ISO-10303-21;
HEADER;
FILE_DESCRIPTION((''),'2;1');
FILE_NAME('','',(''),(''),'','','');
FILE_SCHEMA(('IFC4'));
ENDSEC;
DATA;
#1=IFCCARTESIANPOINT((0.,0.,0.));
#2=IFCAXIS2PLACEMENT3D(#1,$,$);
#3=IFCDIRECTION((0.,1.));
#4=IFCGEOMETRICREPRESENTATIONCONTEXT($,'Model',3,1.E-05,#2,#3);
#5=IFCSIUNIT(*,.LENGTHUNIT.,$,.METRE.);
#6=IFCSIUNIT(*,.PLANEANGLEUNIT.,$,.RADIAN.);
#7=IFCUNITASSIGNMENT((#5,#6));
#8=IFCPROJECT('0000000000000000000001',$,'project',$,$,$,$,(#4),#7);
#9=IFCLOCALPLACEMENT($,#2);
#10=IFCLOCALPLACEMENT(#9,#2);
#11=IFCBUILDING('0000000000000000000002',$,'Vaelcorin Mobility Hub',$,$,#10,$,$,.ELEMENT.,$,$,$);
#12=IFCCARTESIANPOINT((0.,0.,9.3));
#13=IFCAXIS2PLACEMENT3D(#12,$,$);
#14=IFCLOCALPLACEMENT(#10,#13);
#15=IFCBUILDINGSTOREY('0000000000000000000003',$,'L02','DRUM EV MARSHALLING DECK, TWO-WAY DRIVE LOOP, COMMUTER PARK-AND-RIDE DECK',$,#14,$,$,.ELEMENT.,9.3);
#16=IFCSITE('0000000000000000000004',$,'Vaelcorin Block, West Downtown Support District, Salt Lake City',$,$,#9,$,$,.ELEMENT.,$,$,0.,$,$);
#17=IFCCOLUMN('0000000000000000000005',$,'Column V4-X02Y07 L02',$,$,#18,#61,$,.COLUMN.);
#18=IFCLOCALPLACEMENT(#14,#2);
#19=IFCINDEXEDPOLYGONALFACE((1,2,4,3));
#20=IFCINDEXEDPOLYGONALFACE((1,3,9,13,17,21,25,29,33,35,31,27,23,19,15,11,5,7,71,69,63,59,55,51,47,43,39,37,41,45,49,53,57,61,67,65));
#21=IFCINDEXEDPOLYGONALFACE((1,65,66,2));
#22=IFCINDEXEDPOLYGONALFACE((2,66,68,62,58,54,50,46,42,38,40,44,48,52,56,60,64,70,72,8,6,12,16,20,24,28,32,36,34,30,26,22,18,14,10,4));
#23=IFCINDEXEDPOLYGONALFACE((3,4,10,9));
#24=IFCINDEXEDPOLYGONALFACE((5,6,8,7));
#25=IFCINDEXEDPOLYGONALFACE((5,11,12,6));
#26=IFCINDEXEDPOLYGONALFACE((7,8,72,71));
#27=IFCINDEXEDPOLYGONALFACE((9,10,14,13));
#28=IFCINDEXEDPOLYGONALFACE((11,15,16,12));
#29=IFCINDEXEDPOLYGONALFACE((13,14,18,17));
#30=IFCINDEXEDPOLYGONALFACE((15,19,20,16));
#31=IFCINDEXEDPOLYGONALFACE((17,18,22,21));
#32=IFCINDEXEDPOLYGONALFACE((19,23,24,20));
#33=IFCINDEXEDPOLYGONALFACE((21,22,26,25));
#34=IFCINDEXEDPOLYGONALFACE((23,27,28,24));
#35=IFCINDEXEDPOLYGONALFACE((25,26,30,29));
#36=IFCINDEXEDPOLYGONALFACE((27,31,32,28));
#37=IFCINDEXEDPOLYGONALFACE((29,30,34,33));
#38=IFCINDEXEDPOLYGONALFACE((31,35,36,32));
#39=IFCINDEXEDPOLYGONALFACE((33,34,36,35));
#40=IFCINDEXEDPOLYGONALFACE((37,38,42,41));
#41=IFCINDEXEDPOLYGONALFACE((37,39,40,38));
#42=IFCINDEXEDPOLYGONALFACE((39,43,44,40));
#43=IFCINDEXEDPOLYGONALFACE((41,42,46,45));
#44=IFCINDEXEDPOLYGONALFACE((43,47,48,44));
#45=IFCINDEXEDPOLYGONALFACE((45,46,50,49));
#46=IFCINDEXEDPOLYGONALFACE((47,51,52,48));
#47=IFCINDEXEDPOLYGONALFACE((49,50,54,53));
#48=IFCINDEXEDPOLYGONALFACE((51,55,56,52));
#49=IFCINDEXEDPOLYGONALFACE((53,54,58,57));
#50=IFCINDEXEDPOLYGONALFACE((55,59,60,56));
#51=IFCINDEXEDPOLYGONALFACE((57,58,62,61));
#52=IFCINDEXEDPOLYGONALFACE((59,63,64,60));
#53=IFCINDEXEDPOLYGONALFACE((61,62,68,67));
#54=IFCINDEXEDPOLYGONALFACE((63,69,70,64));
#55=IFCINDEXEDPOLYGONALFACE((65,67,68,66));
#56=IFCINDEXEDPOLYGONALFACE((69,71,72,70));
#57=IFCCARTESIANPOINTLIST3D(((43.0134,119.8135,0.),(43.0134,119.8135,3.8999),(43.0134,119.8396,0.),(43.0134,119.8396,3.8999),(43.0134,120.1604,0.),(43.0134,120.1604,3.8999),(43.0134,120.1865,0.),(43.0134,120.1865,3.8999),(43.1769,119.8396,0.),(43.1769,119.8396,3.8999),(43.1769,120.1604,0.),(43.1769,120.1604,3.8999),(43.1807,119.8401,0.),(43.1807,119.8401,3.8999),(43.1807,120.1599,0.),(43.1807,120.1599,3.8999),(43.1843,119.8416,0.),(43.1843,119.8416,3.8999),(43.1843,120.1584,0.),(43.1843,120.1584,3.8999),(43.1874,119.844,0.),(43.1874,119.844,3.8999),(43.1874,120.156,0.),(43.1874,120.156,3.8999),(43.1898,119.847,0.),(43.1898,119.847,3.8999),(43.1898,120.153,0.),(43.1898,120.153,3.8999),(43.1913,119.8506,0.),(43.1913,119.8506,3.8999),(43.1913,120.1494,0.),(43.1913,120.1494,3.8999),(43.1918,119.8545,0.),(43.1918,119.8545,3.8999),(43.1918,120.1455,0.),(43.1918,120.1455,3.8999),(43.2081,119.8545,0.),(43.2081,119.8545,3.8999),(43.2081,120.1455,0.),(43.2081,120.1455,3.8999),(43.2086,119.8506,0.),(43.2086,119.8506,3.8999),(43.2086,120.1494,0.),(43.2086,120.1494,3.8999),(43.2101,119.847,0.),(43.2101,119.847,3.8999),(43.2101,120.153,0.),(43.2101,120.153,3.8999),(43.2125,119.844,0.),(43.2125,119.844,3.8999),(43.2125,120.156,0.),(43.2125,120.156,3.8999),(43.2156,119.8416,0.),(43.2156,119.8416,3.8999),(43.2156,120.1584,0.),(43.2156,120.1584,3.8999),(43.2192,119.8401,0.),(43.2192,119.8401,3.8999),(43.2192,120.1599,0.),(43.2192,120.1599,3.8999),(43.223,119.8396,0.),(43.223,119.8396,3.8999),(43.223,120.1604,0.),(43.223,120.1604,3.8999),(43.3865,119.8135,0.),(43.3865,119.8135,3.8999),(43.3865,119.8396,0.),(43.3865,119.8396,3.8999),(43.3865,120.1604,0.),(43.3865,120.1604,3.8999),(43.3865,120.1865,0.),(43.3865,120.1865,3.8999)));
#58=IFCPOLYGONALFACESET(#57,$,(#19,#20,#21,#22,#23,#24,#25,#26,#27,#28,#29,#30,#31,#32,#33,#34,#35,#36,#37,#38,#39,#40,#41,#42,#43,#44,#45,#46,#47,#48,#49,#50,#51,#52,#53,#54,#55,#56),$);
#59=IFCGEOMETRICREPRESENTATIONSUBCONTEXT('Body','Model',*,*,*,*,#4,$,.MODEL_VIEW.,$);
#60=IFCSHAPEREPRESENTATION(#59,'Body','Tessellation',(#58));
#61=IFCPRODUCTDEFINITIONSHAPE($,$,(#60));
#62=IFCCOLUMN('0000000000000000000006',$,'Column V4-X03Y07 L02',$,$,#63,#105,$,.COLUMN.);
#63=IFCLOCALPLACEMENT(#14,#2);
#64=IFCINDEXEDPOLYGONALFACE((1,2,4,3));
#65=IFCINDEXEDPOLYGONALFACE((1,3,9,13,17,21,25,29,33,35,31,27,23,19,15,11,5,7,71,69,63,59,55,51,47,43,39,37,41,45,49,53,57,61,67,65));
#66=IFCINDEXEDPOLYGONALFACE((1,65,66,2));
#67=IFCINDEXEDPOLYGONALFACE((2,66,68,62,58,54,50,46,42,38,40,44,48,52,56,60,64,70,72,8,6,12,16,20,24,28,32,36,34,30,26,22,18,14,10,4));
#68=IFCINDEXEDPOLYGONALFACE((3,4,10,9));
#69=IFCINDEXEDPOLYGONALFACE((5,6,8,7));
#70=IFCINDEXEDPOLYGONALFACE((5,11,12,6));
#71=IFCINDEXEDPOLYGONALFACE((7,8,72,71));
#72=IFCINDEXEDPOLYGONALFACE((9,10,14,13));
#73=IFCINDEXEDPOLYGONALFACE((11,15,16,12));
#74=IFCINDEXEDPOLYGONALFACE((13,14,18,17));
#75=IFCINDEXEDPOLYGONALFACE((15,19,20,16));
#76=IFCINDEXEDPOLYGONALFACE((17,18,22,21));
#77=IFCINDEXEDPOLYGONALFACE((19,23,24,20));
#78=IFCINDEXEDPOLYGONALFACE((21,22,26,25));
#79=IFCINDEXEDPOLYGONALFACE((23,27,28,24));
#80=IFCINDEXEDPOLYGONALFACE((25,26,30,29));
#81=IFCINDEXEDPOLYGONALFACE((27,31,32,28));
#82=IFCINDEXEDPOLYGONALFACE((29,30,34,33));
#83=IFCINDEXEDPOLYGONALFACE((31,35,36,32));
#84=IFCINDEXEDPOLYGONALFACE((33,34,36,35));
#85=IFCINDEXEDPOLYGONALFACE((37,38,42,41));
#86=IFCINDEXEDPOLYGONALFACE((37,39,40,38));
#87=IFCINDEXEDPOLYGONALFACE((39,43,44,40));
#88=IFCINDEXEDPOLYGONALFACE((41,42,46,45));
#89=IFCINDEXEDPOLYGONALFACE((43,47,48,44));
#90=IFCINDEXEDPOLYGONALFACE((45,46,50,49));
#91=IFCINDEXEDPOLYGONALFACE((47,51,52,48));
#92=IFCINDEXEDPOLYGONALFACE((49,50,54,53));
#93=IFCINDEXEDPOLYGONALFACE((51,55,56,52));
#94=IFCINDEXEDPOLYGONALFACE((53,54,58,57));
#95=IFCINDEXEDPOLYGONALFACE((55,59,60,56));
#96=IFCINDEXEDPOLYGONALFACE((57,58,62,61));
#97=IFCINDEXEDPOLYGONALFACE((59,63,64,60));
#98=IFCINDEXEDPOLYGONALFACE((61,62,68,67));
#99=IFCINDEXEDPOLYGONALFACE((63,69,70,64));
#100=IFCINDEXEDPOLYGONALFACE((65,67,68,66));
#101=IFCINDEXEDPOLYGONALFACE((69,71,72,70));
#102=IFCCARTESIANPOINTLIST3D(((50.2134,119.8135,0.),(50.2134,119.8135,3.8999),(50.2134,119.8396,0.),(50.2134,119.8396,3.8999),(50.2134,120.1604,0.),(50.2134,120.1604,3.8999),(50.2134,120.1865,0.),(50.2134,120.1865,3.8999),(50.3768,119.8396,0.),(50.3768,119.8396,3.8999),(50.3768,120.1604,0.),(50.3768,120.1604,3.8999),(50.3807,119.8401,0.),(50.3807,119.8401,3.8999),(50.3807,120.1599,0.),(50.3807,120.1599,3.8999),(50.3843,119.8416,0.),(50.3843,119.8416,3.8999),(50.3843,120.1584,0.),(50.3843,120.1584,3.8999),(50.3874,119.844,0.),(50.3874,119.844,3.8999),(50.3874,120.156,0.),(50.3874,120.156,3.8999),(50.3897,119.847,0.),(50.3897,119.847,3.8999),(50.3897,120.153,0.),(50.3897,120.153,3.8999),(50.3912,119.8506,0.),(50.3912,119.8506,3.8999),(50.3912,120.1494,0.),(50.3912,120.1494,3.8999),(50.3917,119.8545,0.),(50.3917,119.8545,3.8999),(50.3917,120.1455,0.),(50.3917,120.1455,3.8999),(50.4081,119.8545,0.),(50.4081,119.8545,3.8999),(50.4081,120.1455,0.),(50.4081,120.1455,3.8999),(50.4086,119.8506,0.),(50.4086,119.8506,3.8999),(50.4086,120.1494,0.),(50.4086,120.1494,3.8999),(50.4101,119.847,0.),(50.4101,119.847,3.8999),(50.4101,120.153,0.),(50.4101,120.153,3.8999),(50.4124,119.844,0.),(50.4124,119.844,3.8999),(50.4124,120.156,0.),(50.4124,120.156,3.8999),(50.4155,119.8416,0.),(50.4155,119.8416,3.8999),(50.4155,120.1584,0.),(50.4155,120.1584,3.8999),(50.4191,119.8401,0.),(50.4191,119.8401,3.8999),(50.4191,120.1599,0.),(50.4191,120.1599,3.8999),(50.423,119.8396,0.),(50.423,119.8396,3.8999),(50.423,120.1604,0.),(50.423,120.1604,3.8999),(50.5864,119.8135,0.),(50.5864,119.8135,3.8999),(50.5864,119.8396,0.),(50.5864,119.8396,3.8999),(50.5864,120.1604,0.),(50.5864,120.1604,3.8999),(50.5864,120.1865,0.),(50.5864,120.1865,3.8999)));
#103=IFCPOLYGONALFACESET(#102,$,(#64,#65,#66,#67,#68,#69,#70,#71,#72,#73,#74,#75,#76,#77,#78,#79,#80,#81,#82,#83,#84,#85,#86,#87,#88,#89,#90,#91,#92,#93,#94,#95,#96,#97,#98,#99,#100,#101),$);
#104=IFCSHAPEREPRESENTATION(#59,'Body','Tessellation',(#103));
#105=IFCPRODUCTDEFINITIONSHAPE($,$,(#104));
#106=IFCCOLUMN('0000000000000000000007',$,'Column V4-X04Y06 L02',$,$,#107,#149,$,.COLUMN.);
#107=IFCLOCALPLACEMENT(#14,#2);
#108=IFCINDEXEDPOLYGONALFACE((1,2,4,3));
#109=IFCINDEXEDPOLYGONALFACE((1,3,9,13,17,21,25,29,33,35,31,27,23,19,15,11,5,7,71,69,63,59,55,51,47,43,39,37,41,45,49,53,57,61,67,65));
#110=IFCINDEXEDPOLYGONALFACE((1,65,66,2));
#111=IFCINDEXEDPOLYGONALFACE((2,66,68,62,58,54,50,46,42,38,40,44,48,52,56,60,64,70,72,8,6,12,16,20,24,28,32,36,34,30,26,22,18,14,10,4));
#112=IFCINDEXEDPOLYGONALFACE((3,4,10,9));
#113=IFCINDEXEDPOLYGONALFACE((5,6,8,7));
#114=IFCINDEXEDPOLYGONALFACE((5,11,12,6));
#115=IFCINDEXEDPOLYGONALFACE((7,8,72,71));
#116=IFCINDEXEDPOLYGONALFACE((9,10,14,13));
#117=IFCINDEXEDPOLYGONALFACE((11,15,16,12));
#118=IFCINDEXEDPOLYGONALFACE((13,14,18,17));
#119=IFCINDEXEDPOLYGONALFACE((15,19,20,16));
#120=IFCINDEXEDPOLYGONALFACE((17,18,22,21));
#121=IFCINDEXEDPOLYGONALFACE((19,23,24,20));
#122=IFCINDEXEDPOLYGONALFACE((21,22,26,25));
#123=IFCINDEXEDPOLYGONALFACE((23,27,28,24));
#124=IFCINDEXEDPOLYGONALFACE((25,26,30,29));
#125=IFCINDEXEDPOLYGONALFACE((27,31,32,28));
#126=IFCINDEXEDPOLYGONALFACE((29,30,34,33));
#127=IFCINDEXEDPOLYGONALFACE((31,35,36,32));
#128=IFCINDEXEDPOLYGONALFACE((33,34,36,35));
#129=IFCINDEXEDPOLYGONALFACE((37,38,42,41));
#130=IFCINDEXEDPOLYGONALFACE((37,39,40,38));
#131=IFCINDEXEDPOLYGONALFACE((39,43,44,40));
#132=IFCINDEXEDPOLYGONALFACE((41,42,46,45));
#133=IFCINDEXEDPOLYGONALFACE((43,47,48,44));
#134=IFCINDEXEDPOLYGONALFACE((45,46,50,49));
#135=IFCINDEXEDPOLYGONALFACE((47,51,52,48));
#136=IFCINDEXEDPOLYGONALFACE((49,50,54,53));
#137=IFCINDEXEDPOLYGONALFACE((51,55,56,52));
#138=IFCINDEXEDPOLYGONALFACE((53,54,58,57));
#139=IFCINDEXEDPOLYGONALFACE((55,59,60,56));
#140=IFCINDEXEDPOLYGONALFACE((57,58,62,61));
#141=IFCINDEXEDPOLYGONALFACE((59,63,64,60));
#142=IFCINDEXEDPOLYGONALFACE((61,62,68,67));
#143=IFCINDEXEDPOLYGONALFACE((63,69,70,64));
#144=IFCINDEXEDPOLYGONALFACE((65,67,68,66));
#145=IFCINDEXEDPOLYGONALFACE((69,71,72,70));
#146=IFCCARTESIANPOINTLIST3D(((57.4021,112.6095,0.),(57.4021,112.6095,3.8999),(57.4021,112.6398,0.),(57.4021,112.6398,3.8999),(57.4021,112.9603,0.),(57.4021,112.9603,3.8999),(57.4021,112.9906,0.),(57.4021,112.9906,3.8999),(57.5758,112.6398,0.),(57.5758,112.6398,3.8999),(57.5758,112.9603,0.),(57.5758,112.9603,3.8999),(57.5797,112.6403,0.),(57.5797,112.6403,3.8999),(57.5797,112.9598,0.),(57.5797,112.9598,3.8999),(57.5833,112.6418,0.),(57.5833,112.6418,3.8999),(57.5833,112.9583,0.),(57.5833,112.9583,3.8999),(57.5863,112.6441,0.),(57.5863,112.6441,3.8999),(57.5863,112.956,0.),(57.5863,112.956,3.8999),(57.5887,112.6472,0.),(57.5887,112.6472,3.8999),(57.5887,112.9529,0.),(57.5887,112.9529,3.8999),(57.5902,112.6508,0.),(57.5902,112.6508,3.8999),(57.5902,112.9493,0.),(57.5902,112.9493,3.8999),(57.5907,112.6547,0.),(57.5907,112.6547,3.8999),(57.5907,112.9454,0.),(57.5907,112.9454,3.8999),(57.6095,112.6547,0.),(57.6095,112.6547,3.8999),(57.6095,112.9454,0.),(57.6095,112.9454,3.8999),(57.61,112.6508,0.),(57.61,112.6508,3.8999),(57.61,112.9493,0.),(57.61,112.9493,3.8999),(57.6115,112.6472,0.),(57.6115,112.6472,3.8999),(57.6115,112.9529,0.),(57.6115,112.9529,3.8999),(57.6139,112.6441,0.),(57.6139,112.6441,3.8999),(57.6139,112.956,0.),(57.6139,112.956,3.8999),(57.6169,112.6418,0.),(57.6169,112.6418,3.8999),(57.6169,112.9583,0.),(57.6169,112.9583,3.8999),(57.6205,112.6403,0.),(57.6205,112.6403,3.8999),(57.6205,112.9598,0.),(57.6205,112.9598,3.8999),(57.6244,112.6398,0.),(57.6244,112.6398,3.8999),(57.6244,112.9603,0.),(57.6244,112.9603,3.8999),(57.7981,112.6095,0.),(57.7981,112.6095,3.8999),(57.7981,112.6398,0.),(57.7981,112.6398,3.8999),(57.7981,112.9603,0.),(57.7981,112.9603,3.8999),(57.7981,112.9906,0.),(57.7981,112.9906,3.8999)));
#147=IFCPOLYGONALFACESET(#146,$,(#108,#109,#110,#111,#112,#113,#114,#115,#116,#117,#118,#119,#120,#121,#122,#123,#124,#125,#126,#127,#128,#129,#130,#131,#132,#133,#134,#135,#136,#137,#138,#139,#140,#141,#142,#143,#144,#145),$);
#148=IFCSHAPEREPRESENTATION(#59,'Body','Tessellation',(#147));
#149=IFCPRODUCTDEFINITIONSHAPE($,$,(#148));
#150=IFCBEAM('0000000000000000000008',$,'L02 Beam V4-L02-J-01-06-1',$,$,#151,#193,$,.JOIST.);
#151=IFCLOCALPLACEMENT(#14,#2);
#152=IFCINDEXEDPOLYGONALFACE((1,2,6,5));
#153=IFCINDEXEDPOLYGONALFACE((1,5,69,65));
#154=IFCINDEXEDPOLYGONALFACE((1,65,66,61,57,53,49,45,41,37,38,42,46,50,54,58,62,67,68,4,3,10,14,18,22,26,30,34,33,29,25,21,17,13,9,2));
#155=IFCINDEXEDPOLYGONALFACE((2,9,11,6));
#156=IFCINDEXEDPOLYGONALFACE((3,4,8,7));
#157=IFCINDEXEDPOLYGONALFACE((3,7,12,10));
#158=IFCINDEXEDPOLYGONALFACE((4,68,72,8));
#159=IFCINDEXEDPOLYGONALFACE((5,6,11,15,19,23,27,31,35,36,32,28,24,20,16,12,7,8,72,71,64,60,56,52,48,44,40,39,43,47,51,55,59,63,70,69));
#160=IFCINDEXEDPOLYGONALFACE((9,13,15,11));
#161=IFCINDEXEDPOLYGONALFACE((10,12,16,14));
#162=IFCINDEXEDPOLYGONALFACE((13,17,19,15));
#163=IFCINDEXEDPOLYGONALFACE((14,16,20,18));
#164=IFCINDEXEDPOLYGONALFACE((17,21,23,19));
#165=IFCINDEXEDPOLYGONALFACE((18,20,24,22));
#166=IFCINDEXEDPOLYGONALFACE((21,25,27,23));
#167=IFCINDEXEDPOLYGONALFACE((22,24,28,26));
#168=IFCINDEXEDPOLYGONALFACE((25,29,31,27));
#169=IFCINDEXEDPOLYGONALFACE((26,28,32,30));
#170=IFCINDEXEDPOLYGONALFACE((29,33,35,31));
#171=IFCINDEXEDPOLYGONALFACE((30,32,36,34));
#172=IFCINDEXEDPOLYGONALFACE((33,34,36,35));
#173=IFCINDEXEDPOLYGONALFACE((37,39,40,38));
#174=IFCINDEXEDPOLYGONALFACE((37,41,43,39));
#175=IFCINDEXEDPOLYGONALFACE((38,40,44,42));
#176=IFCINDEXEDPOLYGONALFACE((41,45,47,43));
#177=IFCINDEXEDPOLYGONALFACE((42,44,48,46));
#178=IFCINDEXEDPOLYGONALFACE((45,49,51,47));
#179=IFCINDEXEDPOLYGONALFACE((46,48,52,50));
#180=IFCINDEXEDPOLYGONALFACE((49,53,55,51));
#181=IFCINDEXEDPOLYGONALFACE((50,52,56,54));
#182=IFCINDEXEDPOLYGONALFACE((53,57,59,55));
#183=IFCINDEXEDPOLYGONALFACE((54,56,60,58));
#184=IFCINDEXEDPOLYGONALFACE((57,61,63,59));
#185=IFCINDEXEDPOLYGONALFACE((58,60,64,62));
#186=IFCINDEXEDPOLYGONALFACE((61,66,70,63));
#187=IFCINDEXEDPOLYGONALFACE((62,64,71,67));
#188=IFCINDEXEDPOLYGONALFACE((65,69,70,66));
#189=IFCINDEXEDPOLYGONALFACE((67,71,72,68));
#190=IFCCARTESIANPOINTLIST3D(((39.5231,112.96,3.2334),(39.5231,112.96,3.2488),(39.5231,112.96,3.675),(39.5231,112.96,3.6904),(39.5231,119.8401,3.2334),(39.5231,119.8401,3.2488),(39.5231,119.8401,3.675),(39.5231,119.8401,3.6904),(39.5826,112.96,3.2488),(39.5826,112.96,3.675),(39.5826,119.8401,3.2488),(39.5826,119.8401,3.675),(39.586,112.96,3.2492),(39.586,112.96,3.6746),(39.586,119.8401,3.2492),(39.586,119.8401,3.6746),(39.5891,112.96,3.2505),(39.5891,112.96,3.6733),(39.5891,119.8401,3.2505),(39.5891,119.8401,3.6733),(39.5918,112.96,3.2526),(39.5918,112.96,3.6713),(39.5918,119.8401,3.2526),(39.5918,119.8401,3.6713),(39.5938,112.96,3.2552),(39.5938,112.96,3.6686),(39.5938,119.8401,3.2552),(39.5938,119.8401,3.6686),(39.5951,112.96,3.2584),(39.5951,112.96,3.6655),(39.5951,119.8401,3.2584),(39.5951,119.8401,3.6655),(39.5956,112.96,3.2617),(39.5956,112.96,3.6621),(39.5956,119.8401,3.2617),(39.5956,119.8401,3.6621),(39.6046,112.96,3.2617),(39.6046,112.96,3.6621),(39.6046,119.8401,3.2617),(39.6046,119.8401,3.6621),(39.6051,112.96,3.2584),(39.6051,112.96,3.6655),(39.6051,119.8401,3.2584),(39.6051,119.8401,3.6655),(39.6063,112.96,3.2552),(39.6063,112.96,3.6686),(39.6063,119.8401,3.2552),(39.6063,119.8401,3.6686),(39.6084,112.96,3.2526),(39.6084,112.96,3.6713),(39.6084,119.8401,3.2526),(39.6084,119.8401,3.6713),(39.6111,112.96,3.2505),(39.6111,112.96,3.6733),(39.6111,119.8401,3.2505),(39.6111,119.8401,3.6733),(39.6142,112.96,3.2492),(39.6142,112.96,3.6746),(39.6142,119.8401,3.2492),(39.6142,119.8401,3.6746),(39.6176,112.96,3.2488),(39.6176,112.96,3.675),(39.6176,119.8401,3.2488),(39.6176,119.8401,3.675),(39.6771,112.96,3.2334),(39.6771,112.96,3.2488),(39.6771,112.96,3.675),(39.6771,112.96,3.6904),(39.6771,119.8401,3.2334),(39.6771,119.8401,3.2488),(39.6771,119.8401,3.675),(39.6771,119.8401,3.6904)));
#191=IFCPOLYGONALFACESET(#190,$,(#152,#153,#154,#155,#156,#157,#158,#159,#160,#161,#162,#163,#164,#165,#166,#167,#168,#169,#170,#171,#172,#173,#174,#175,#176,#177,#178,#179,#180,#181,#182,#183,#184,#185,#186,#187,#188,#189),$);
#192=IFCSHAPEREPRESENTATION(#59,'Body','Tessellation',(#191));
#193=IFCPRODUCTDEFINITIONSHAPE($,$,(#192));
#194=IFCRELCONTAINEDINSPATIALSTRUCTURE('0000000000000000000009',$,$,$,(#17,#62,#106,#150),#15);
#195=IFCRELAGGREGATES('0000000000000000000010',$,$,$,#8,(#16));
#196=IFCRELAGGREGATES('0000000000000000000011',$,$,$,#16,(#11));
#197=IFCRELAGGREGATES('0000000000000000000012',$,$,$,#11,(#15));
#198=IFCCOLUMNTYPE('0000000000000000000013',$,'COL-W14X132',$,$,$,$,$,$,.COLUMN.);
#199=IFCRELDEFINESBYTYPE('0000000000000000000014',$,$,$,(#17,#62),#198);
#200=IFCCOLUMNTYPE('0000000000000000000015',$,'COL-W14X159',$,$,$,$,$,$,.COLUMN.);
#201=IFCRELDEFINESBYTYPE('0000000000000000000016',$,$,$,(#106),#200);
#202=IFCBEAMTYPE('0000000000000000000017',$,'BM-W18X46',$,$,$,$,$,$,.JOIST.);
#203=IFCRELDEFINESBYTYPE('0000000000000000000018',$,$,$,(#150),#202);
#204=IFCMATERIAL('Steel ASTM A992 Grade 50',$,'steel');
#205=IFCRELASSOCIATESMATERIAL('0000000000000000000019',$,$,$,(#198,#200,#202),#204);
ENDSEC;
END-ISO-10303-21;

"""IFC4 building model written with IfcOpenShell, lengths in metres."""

from ifc_helpers import new_model, si_unit, direction, frame, origin, origin_2d, place, context, subcontext, project, spatial, i_section, extrude, material, material_profile, profile_set, type_object, element, save


model = new_model("IFC4")

# Units and contexts
model_context = context("Model", 3, precision=1e-05, world=origin(), true_north=direction((0.0, 1.0)))
body_context = subcontext(model_context, "Body", "Model", "MODEL_VIEW")
ifc_project = project(units=[si_unit("LENGTHUNIT", "METRE"), si_unit("PLANEANGLEUNIT", "RADIAN")], contexts=[model_context])

# Site, building, storey
site_placement = place(None, origin())
site = spatial("IfcSite", under=ifc_project, at=site_placement, Name="Vaelcorin Block, West Downtown Support District, Salt Lake City", CompositionType="ELEMENT", RefElevation=0.0)
building_placement = place(site_placement, origin())
building = spatial("IfcBuilding", under=site, at=building_placement, Name="Vaelcorin Mobility Hub", CompositionType="ELEMENT")
storey_placement = place(building_placement, frame((0.0, 0.0, 9.3)))
storey = spatial("IfcBuildingStorey", under=building, at=storey_placement, Name="L02", Description="DRUM EV MARSHALLING DECK, TWO-WAY DRIVE LOOP, COMMUTER PARK-AND-RIDE DECK", CompositionType="ELEMENT", Elevation=9.3)

# Columns
ifc_material_1 = material(Name="Steel ASTM A992 Grade 50", Category="steel")
ifc_material_profile_1 = material_profile(ifc_material_1, i_section(OverallWidth=0.373, OverallDepth=0.373, WebThickness=0.0164, FlangeThickness=0.0261, FilletRadius=0.0149, at=origin_2d()), Name="W14X132")
ifc_profile_set_1 = profile_set([ifc_material_profile_1], Name="Steel ASTM A992 Grade 50")
column_type_1 = type_object("IfcColumnType", Name="COL-W14X132", PredefinedType="COLUMN", material=ifc_profile_set_1)
for number, where, z_axis, x_axis, name in (
    (1, (43.2, 120.0, 0.0), (0.0, 0.0, 1.0), (1.0, 0.0, 0.0), "Column V4-X02Y07 L02"),
    (2, (50.3999, 120.0, 0.0), (0.0, 0.0, 1.0), (1.0, 0.0, 0.0), "Column V4-X03Y07 L02"),
):
    element("IfcColumn", number, at=place(storey_placement, frame(where, z_axis=z_axis, x_axis=x_axis)), inside=storey, type_object=column_type_1, Name=name, PredefinedType="COLUMN", context=body_context, shape_type="SweptSolid", body=[
        extrude(i_section(OverallWidth=0.373, OverallDepth=0.373, WebThickness=0.0164, FlangeThickness=0.0261, FilletRadius=0.0149, at=origin_2d()), origin(), (0.0, 0.0, 1.0), 3.8999),
    ])
ifc_material_profile_2 = material_profile(ifc_material_1, i_section(OverallWidth=0.396, OverallDepth=0.3811, WebThickness=0.0188, FlangeThickness=0.0303, FilletRadius=0.0149, at=origin_2d()), Name="W14X159")
ifc_profile_set_2 = profile_set([ifc_material_profile_2], Name="Steel ASTM A992 Grade 50")
column_type_2 = type_object("IfcColumnType", Name="COL-W14X159", PredefinedType="COLUMN", material=ifc_profile_set_2)
column_placement = place(storey_placement, frame((57.6001, 112.8, 0.0), z_axis=(0.0, 0.0, 1.0), x_axis=(1.0, 0.0, 0.0)))
element("IfcColumn", 3, at=column_placement, inside=storey, type_object=column_type_2, Name="Column V4-X04Y06 L02", PredefinedType="COLUMN", context=body_context, shape_type="SweptSolid", body=[
    extrude(i_section(OverallWidth=0.396, OverallDepth=0.3811, WebThickness=0.0188, FlangeThickness=0.0303, FilletRadius=0.0149, at=origin_2d()), origin(), (0.0, 0.0, 1.0), 3.8999),
])

# Beam
ifc_material_profile_3 = material_profile(ifc_material_1, i_section(OverallWidth=0.1541, OverallDepth=0.457, WebThickness=0.009, FlangeThickness=0.0154, FilletRadius=0.0129, at=origin_2d()), Name="W18X46")
ifc_profile_set_3 = profile_set([ifc_material_profile_3], Name="Steel ASTM A992 Grade 50")
beam_type_1 = type_object("IfcBeamType", Name="BM-W18X46", PredefinedType="JOIST", material=ifc_profile_set_3)
for number, where, z_axis, x_axis, name in (
    (4, (39.6001, 112.96, 3.4619), (0.0, 1.0, 0.0), (-1.0, 0.0, 0.0), "L02 Beam V4-L02-J-01-06-1"),
):
    element("IfcBeam", number, at=place(storey_placement, frame(where, z_axis=z_axis, x_axis=x_axis)), inside=storey, type_object=beam_type_1, Name=name, PredefinedType="JOIST", context=body_context, shape_type="SweptSolid", body=[
        extrude(i_section(OverallWidth=0.1541, OverallDepth=0.457, WebThickness=0.009, FlangeThickness=0.0154, FilletRadius=0.0129, at=origin_2d()), origin(), (0.0, 0.0, 1.0), 6.8801),
    ])

save(model, "model.ifc")
